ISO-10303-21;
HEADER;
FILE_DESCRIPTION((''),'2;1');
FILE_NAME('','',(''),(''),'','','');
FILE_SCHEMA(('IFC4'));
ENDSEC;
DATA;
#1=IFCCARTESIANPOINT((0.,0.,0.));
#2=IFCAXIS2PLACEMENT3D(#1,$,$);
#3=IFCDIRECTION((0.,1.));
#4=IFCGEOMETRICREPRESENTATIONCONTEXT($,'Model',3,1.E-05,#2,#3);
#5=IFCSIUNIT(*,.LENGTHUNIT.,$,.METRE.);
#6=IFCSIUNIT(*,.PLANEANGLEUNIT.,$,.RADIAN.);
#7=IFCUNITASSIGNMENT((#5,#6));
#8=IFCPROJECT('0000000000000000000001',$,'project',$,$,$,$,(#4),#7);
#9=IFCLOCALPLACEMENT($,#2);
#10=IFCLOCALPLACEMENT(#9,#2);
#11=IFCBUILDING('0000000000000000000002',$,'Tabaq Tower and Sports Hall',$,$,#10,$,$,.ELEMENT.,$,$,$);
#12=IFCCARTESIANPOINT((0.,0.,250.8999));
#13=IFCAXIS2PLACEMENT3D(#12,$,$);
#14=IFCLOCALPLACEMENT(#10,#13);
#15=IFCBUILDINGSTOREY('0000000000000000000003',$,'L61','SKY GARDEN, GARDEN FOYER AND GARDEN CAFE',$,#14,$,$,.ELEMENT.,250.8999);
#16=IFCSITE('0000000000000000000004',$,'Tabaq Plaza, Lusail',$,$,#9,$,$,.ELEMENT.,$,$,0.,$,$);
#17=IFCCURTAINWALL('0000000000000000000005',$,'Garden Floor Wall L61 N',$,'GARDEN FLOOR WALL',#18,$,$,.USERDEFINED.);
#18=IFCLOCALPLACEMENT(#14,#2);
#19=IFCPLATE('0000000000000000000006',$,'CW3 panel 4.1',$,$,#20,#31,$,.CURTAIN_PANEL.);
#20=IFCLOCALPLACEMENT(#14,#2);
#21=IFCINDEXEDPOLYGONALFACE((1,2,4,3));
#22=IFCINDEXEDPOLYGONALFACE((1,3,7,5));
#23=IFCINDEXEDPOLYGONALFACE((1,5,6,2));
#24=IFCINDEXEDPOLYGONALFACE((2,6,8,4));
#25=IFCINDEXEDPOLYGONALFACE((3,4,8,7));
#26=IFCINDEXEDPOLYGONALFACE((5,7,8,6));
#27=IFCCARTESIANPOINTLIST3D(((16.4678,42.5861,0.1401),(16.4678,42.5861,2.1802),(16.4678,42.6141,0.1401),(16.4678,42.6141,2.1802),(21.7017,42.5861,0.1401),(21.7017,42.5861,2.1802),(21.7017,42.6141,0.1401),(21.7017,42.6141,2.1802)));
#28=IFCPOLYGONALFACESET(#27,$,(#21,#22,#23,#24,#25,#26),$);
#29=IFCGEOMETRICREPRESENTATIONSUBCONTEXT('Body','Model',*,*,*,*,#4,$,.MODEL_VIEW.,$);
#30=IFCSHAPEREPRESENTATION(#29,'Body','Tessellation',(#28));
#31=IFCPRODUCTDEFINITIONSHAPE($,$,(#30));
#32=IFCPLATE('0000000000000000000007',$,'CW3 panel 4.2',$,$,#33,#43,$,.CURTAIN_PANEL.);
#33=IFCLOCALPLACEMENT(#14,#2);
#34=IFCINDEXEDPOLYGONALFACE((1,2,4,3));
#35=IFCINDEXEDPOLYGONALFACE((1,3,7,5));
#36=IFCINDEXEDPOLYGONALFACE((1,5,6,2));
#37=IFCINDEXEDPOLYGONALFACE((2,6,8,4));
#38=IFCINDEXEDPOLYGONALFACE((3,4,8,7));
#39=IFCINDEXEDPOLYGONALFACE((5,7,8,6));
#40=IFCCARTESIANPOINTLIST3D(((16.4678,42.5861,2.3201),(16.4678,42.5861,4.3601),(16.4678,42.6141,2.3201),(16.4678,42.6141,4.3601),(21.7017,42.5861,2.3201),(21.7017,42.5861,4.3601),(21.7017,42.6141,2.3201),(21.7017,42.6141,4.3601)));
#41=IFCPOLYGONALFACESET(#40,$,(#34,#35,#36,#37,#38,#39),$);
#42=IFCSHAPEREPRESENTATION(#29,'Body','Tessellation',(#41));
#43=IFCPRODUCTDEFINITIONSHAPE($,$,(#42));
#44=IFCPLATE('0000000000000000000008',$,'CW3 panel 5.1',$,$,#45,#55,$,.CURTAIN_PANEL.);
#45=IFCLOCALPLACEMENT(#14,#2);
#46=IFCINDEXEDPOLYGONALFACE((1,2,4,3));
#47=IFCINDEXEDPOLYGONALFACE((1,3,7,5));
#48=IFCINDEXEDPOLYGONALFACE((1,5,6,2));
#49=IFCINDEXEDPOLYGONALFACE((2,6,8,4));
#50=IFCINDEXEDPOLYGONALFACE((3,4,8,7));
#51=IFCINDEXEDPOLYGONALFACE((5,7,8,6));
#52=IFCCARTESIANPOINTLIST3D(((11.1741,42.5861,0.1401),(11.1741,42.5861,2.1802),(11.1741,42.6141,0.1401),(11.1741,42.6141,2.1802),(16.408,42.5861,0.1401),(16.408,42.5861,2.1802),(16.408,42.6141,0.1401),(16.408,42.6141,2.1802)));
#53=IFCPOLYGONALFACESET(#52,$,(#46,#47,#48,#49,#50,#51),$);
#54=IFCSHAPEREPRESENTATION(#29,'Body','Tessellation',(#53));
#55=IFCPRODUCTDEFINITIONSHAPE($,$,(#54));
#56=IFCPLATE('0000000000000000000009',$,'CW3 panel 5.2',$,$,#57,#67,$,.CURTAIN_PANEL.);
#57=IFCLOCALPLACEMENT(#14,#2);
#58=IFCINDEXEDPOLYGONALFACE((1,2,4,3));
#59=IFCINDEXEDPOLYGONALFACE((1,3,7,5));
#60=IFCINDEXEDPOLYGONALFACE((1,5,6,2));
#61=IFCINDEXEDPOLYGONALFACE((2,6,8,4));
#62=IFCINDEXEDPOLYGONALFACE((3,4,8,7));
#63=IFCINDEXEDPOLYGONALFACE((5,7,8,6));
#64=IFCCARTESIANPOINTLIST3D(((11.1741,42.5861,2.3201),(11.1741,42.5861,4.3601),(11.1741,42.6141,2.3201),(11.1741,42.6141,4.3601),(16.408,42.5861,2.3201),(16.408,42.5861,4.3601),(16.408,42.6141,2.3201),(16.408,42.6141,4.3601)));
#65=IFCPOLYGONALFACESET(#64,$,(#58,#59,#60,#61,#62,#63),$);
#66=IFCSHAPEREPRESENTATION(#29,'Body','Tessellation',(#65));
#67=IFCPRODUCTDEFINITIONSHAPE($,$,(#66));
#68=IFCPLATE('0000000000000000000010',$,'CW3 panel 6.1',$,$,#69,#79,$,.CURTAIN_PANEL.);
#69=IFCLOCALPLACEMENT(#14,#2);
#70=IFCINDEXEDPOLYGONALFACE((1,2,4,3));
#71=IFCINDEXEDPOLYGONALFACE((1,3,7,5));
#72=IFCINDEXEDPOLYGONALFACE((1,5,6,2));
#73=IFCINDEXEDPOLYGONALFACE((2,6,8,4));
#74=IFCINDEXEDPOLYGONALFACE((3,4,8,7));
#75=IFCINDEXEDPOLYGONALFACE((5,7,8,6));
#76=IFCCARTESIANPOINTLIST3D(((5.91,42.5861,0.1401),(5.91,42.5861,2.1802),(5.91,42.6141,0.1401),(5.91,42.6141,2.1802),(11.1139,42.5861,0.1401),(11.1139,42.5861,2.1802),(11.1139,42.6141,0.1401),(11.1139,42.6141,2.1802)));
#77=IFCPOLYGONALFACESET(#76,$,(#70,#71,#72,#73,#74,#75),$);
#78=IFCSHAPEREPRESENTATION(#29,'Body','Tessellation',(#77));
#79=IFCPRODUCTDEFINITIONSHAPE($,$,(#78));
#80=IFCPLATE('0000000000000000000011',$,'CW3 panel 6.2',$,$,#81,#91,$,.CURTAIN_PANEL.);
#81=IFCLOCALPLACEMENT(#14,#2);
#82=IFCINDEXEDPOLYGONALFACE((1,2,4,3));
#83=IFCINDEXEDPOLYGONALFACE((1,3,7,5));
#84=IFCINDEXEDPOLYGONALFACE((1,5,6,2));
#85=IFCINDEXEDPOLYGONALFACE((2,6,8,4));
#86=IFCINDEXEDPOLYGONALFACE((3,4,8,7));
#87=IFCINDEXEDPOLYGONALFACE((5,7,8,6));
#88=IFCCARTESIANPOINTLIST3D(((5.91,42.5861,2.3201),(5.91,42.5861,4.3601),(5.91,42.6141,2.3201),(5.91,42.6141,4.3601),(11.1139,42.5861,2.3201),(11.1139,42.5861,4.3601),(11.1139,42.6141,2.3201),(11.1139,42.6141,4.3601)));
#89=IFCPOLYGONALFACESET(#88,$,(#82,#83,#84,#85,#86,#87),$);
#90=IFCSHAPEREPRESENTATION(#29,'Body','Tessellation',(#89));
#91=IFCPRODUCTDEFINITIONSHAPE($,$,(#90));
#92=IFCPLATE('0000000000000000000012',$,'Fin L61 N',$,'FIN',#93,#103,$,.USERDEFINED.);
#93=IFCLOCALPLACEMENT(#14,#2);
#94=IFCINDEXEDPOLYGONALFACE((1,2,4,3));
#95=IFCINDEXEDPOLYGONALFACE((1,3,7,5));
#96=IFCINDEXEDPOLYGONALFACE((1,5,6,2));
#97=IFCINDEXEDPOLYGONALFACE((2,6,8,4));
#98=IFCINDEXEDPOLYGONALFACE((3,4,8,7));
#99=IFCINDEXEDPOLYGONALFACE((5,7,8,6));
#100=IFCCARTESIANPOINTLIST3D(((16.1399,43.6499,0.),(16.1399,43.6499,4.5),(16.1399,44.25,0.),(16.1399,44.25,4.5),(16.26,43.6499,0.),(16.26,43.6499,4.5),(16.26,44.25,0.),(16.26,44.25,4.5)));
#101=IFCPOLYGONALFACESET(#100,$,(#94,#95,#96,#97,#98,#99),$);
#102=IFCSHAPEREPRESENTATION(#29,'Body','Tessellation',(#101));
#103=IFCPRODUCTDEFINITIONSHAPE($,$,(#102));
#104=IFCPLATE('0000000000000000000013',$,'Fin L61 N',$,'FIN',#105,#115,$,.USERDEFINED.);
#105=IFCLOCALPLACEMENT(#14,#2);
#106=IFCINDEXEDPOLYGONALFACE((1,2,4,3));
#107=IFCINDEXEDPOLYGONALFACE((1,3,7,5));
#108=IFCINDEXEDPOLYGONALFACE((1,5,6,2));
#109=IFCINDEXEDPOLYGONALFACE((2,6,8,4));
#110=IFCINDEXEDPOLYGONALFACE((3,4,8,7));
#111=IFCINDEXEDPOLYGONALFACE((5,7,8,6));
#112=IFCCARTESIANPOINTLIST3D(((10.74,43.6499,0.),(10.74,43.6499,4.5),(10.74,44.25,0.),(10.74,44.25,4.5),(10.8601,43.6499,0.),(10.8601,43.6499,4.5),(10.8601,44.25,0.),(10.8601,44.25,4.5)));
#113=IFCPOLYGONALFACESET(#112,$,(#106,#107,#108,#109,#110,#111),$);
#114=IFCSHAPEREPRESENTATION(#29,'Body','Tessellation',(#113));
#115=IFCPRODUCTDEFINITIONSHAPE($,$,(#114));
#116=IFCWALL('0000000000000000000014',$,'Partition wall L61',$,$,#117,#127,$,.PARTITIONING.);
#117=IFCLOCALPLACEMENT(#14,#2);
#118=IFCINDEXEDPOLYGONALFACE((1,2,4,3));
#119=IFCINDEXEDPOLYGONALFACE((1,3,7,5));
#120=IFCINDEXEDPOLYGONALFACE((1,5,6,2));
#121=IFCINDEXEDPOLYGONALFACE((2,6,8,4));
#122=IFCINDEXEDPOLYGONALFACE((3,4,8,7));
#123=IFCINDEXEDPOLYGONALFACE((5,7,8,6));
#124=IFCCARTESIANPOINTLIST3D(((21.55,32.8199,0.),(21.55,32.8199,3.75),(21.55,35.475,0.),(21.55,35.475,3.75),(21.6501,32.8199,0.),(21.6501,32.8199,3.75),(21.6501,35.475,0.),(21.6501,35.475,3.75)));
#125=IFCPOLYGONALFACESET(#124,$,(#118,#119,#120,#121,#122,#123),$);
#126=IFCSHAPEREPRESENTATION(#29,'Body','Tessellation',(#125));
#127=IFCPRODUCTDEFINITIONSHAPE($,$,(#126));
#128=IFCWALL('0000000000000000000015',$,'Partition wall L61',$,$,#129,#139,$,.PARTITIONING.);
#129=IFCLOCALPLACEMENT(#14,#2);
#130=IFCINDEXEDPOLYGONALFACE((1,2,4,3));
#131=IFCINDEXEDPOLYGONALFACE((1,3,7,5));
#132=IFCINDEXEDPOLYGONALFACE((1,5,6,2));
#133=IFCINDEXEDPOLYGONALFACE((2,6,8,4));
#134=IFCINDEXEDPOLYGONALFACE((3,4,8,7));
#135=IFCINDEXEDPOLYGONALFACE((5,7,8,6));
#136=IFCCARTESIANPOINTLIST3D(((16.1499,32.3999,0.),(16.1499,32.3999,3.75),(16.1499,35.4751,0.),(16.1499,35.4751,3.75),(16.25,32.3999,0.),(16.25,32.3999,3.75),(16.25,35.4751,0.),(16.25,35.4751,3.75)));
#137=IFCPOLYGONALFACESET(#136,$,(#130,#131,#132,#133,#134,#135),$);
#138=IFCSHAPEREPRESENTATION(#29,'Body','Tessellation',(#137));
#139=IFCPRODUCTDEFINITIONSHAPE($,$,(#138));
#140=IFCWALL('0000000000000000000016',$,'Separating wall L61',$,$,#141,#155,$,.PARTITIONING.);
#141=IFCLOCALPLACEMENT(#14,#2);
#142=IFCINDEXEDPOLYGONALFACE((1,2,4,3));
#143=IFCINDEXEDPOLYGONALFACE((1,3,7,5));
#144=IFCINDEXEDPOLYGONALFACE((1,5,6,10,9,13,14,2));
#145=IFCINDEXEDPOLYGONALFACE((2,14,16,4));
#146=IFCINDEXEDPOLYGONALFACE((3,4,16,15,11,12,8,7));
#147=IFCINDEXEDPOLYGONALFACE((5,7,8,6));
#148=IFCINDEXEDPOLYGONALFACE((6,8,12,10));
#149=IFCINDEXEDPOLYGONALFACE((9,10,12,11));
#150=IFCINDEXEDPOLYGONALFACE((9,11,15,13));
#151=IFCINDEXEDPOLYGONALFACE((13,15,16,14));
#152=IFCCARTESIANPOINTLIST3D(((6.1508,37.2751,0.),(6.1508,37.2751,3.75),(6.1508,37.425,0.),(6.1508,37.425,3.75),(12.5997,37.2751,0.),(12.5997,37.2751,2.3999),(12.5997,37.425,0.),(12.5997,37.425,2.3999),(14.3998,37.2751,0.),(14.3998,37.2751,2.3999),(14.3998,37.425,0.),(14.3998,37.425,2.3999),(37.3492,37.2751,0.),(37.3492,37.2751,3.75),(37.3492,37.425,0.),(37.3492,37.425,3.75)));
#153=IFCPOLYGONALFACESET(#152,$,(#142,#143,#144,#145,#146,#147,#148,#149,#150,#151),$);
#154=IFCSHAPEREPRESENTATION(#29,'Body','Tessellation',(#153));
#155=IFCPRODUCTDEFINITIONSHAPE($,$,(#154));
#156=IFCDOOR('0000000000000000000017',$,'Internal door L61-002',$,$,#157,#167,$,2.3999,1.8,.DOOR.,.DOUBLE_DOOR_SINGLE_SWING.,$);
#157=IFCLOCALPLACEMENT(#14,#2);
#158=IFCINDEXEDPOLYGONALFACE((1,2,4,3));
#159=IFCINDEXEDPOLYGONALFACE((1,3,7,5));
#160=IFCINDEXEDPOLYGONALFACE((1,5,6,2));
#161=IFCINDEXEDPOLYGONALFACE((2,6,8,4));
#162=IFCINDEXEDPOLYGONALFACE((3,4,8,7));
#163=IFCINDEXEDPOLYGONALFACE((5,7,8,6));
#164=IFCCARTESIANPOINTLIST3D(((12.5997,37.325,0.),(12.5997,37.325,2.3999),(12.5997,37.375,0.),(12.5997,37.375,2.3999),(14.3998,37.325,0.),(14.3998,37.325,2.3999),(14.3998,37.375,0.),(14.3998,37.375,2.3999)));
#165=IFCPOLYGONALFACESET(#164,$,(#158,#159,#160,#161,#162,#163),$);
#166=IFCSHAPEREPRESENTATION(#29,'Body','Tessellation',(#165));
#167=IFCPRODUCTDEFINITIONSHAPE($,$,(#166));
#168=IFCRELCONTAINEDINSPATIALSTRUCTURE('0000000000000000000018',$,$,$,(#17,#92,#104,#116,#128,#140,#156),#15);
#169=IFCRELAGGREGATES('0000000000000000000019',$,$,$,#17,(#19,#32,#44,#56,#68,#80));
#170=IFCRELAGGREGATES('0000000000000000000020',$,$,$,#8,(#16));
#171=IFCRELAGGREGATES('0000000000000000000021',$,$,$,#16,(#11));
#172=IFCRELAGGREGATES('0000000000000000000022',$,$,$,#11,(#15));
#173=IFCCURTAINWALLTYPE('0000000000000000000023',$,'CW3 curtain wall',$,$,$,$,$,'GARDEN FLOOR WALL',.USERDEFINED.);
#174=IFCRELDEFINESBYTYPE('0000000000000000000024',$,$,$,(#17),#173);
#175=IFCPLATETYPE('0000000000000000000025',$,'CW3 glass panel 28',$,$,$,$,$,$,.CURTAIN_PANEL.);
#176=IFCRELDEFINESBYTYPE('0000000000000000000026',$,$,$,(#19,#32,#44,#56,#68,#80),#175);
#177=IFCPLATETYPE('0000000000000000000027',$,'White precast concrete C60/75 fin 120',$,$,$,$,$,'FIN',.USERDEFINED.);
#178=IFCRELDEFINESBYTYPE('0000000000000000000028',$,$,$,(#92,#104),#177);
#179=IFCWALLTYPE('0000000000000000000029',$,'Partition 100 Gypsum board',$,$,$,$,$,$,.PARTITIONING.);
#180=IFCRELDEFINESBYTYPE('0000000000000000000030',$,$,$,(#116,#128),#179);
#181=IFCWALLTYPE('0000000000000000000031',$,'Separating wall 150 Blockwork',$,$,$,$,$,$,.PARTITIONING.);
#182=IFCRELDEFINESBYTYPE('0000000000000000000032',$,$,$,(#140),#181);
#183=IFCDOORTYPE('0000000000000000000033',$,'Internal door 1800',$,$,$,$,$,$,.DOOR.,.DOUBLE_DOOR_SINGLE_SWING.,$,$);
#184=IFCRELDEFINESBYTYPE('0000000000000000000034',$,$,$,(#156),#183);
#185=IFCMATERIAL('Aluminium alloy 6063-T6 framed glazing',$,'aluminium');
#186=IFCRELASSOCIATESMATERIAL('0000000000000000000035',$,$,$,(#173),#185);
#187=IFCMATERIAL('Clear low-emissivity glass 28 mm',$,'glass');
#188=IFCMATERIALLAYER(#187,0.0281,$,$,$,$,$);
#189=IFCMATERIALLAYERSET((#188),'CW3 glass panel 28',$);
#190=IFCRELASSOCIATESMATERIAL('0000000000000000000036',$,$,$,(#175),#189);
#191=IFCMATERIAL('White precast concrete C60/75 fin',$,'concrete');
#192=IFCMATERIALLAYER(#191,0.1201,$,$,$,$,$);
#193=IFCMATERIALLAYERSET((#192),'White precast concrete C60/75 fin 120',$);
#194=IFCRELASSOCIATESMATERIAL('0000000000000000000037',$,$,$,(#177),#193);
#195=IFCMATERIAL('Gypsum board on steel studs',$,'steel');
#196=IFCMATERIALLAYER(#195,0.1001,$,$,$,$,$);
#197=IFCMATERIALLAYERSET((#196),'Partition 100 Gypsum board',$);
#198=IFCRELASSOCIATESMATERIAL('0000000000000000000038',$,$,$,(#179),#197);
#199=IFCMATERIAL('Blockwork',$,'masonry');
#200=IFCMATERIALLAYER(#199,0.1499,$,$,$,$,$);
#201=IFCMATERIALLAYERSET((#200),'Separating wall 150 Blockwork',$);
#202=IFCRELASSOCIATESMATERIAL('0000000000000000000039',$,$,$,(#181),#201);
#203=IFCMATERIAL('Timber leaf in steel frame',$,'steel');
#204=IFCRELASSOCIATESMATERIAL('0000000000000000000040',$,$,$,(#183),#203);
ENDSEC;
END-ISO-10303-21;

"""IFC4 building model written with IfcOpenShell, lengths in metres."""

from ifc_helpers import new_model, si_unit, direction, frame, frame_2d, origin, origin_2d, place, context, subcontext, project, spatial, rectangle, extrude, material, layer, layer_set, type_object, element, fill, aggregate, save


model = new_model("IFC4")

# Units and contexts
model_context = context("Model", 3, precision=1e-05, world=origin(), true_north=direction((0.0, 1.0)))
body_context = subcontext(model_context, "Body", "Model", "MODEL_VIEW")
ifc_project = project(units=[si_unit("LENGTHUNIT", "METRE"), si_unit("PLANEANGLEUNIT", "RADIAN")], contexts=[model_context])

# Site, building, storey
site_placement = place(None, origin())
site = spatial("IfcSite", under=ifc_project, at=site_placement, Name="Tabaq Plaza, Lusail", CompositionType="ELEMENT", RefElevation=0.0)
building_placement = place(site_placement, origin())
building = spatial("IfcBuilding", under=site, at=building_placement, Name="Tabaq Tower and Sports Hall", CompositionType="ELEMENT")
storey_placement = place(building_placement, frame((0.0, 0.0, 250.8999)))
storey = spatial("IfcBuildingStorey", under=building, at=storey_placement, Name="L61", Description="SKY GARDEN, GARDEN FOYER AND GARDEN CAFE", CompositionType="ELEMENT", Elevation=250.8999)

# Curtain wall, plates
ifc_material_1 = material(Name="Aluminium alloy 6063-T6 framed glazing", Category="aluminium")
curtain_wall_type_1 = type_object("IfcCurtainWallType", Name="CW3 curtain wall", ElementType="GARDEN FLOOR WALL", PredefinedType="USERDEFINED", material=ifc_material_1)
curtain_wall_1_placement = place(storey_placement, origin())
curtain_wall_1 = element("IfcCurtainWall", 1, at=curtain_wall_1_placement, inside=storey, type_object=curtain_wall_type_1, Name="Garden Floor Wall L61 N", ObjectType="GARDEN FLOOR WALL", PredefinedType="USERDEFINED")
ifc_material_2 = material(Name="Clear low-emissivity glass 28 mm", Category="glass")
ifc_layer_1 = layer(ifc_material_2, 0.0281)
ifc_layer_set_1 = layer_set([ifc_layer_1], Name="CW3 glass panel 28")
plate_type_1 = type_object("IfcPlateType", Name="CW3 glass panel 28", PredefinedType="CURTAIN_PANEL", material=ifc_layer_set_1)
plate_1_placement = place(storey_placement, frame((19.0847, 42.6001, 0.1401), z_axis=(0.0, 0.0, 1.0), x_axis=(-1.0, 0.0, 0.0)))
plate_1 = element("IfcPlate", 2, at=plate_1_placement, type_object=plate_type_1, Name="CW3 panel 4.1", PredefinedType="CURTAIN_PANEL", context=body_context, shape_type="SweptSolid", body=[
    extrude(rectangle(XDim=5.2339, YDim=0.0281, at=origin_2d()), origin(), (0.0, 0.0, 1.0), 2.04),
])
plate_2_placement = place(storey_placement, frame((19.0847, 42.6001, 2.3201), z_axis=(0.0, 0.0, 1.0), x_axis=(-1.0, 0.0, 0.0)))
plate_2 = element("IfcPlate", 3, at=plate_2_placement, type_object=plate_type_1, Name="CW3 panel 4.2", PredefinedType="CURTAIN_PANEL", context=body_context, shape_type="SweptSolid", body=[
    extrude(rectangle(XDim=5.2339, YDim=0.0281, at=origin_2d()), origin(), (0.0, 0.0, 1.0), 2.04),
])
plate_3_placement = place(storey_placement, frame((13.791, 42.6001, 0.1401), z_axis=(0.0, 0.0, 1.0), x_axis=(-1.0, 0.0, 0.0)))
plate_3 = element("IfcPlate", 4, at=plate_3_placement, type_object=plate_type_1, Name="CW3 panel 5.1", PredefinedType="CURTAIN_PANEL", context=body_context, shape_type="SweptSolid", body=[
    extrude(rectangle(XDim=5.2339, YDim=0.0281, at=origin_2d()), origin(), (0.0, 0.0, 1.0), 2.04),
])
plate_4_placement = place(storey_placement, frame((13.791, 42.6001, 2.3201), z_axis=(0.0, 0.0, 1.0), x_axis=(-1.0, 0.0, 0.0)))
plate_4 = element("IfcPlate", 5, at=plate_4_placement, type_object=plate_type_1, Name="CW3 panel 5.2", PredefinedType="CURTAIN_PANEL", context=body_context, shape_type="SweptSolid", body=[
    extrude(rectangle(XDim=5.2339, YDim=0.0281, at=origin_2d()), origin(), (0.0, 0.0, 1.0), 2.04),
])
plate_5_placement = place(storey_placement, frame((8.512, 42.6001, 0.1401), z_axis=(0.0, 0.0, 1.0), x_axis=(-1.0, 0.0, 0.0)))
plate_5 = element("IfcPlate", 6, at=plate_5_placement, type_object=plate_type_1, Name="CW3 panel 6.1", PredefinedType="CURTAIN_PANEL", context=body_context, shape_type="SweptSolid", body=[
    extrude(rectangle(XDim=5.2039, YDim=0.0281, at=origin_2d()), origin(), (0.0, 0.0, 1.0), 2.04),
])
plate_6_placement = place(storey_placement, frame((8.512, 42.6001, 2.3201), z_axis=(0.0, 0.0, 1.0), x_axis=(-1.0, 0.0, 0.0)))
plate_6 = element("IfcPlate", 7, at=plate_6_placement, type_object=plate_type_1, Name="CW3 panel 6.2", PredefinedType="CURTAIN_PANEL", context=body_context, shape_type="SweptSolid", body=[
    extrude(rectangle(XDim=5.2039, YDim=0.0281, at=origin_2d()), origin(), (0.0, 0.0, 1.0), 2.04),
])
aggregate(curtain_wall_1, [plate_1, plate_2, plate_3, plate_4, plate_5, plate_6])

# Plates
ifc_material_3 = material(Name="White precast concrete C60/75 fin", Category="concrete")
ifc_layer_2 = layer(ifc_material_3, 0.1201)
ifc_layer_set_2 = layer_set([ifc_layer_2], Name="White precast concrete C60/75 fin 120")
plate_type_2 = type_object("IfcPlateType", Name="White precast concrete C60/75 fin 120", ElementType="FIN", PredefinedType="USERDEFINED", material=ifc_layer_set_2)
for number, where, z_axis, x_axis, name in (
    (8, (16.2, 43.95, 0.0), (0.0, 0.0, 1.0), (-1.0, 0.0, 0.0), "Fin L61 N"),
    (9, (10.8, 43.95, 0.0), (0.0, 0.0, 1.0), (-1.0, 0.0, 0.0), "Fin L61 N"),
):
    element("IfcPlate", number, at=place(storey_placement, frame(where, z_axis=z_axis, x_axis=x_axis)), inside=storey, type_object=plate_type_2, Name=name, ObjectType="FIN", PredefinedType="USERDEFINED", context=body_context, shape_type="SweptSolid", body=[
        extrude(rectangle(XDim=0.1201, YDim=0.6001, at=origin_2d()), origin(), (0.0, 0.0, 1.0), 4.5),
    ])

# Walls
ifc_material_4 = material(Name="Gypsum board on steel studs", Category="steel")
ifc_layer_3 = layer(ifc_material_4, 0.1001)
ifc_layer_set_3 = layer_set([ifc_layer_3], Name="Partition 100 Gypsum board")
wall_type_1 = type_object("IfcWallType", Name="Partition 100 Gypsum board", PredefinedType="PARTITIONING", material=ifc_layer_set_3)
wall_1_placement = place(storey_placement, frame((21.6001, 35.4751, 0.0), z_axis=(0.0, 0.0, 1.0), x_axis=(0.0, -1.0, 0.0)))
element("IfcWall", 10, at=wall_1_placement, inside=storey, type_object=wall_type_1, Name="Partition wall L61", PredefinedType="PARTITIONING", context=body_context, shape_type="SweptSolid", body=[
    extrude(rectangle(XDim=2.655, YDim=0.1001, at=frame_2d((1.3276, 0.0))), origin(), (0.0, 0.0, 1.0), 3.75),
])
wall_2_placement = place(storey_placement, frame((16.2, 35.4751, 0.0), z_axis=(0.0, 0.0, 1.0), x_axis=(0.0, -1.0, 0.0)))
element("IfcWall", 11, at=wall_2_placement, inside=storey, type_object=wall_type_1, Name="Partition wall L61", PredefinedType="PARTITIONING", context=body_context, shape_type="SweptSolid", body=[
    extrude(rectangle(XDim=3.0752, YDim=0.1001, at=frame_2d((1.5376, 0.0))), origin(), (0.0, 0.0, 1.0), 3.75),
])

# Wall, opening, door
ifc_material_5 = material(Name="Blockwork", Category="masonry")
ifc_layer_4 = layer(ifc_material_5, 0.1499)
ifc_layer_set_4 = layer_set([ifc_layer_4], Name="Separating wall 150 Blockwork")
wall_type_2 = type_object("IfcWallType", Name="Separating wall 150 Blockwork", PredefinedType="PARTITIONING", material=ifc_layer_set_4)
wall_3_placement = place(storey_placement, frame((6.1509, 37.3501, 0.0), z_axis=(0.0, 0.0, 1.0), x_axis=(1.0, 0.0, 0.0)))
wall_3 = element("IfcWall", 12, at=wall_3_placement, inside=storey, type_object=wall_type_2, Name="Separating wall L61", PredefinedType="PARTITIONING", context=body_context, shape_type="SweptSolid", body=[
    extrude(rectangle(XDim=31.1985, YDim=0.1499, at=frame_2d((15.5991, 0.0))), origin(), (0.0, 0.0, 1.0), 3.75),
])
opening_placement = place(wall_3_placement, frame((6.449, 0.0, 0.0)))
opening = element("IfcOpeningElement", 13, at=opening_placement, cuts=wall_3, PredefinedType="OPENING", context=body_context, shape_type="SweptSolid", body=[
    extrude(rectangle(XDim=1.8, YDim=2.3999, at=frame_2d((0.8999, 1.2))), frame((0.0, 0.075, 0.0), z_axis=(0.0, -1.0, 0.0), x_axis=(1.0, 0.0, 0.0)), (0.0, 0.0, 1.0), 0.1499),
])
ifc_material_6 = material(Name="Timber leaf in steel frame", Category="steel")
door_type = type_object("IfcDoorType", Name="Internal door 1800", OperationType="DOUBLE_DOOR_SINGLE_SWING", PredefinedType="DOOR", material=ifc_material_6)
door_placement = place(opening_placement, origin())
door = element("IfcDoor", 14, at=door_placement, inside=storey, type_object=door_type, Name="Internal door L61-002", OperationType="DOUBLE_DOOR_SINGLE_SWING", OverallHeight=2.3999, OverallWidth=1.8, PredefinedType="DOOR", context=body_context, shape_type="SweptSolid", body=[
    extrude(rectangle(XDim=1.8, YDim=2.3999, at=frame_2d((0.8999, 1.2))), frame((0.0, 0.0249, 0.0), z_axis=(0.0, -1.0, 0.0), x_axis=(1.0, 0.0, 0.0)), (0.0, 0.0, 1.0), 0.05),
])
fill(opening, door)

save(model, "model.ifc")
